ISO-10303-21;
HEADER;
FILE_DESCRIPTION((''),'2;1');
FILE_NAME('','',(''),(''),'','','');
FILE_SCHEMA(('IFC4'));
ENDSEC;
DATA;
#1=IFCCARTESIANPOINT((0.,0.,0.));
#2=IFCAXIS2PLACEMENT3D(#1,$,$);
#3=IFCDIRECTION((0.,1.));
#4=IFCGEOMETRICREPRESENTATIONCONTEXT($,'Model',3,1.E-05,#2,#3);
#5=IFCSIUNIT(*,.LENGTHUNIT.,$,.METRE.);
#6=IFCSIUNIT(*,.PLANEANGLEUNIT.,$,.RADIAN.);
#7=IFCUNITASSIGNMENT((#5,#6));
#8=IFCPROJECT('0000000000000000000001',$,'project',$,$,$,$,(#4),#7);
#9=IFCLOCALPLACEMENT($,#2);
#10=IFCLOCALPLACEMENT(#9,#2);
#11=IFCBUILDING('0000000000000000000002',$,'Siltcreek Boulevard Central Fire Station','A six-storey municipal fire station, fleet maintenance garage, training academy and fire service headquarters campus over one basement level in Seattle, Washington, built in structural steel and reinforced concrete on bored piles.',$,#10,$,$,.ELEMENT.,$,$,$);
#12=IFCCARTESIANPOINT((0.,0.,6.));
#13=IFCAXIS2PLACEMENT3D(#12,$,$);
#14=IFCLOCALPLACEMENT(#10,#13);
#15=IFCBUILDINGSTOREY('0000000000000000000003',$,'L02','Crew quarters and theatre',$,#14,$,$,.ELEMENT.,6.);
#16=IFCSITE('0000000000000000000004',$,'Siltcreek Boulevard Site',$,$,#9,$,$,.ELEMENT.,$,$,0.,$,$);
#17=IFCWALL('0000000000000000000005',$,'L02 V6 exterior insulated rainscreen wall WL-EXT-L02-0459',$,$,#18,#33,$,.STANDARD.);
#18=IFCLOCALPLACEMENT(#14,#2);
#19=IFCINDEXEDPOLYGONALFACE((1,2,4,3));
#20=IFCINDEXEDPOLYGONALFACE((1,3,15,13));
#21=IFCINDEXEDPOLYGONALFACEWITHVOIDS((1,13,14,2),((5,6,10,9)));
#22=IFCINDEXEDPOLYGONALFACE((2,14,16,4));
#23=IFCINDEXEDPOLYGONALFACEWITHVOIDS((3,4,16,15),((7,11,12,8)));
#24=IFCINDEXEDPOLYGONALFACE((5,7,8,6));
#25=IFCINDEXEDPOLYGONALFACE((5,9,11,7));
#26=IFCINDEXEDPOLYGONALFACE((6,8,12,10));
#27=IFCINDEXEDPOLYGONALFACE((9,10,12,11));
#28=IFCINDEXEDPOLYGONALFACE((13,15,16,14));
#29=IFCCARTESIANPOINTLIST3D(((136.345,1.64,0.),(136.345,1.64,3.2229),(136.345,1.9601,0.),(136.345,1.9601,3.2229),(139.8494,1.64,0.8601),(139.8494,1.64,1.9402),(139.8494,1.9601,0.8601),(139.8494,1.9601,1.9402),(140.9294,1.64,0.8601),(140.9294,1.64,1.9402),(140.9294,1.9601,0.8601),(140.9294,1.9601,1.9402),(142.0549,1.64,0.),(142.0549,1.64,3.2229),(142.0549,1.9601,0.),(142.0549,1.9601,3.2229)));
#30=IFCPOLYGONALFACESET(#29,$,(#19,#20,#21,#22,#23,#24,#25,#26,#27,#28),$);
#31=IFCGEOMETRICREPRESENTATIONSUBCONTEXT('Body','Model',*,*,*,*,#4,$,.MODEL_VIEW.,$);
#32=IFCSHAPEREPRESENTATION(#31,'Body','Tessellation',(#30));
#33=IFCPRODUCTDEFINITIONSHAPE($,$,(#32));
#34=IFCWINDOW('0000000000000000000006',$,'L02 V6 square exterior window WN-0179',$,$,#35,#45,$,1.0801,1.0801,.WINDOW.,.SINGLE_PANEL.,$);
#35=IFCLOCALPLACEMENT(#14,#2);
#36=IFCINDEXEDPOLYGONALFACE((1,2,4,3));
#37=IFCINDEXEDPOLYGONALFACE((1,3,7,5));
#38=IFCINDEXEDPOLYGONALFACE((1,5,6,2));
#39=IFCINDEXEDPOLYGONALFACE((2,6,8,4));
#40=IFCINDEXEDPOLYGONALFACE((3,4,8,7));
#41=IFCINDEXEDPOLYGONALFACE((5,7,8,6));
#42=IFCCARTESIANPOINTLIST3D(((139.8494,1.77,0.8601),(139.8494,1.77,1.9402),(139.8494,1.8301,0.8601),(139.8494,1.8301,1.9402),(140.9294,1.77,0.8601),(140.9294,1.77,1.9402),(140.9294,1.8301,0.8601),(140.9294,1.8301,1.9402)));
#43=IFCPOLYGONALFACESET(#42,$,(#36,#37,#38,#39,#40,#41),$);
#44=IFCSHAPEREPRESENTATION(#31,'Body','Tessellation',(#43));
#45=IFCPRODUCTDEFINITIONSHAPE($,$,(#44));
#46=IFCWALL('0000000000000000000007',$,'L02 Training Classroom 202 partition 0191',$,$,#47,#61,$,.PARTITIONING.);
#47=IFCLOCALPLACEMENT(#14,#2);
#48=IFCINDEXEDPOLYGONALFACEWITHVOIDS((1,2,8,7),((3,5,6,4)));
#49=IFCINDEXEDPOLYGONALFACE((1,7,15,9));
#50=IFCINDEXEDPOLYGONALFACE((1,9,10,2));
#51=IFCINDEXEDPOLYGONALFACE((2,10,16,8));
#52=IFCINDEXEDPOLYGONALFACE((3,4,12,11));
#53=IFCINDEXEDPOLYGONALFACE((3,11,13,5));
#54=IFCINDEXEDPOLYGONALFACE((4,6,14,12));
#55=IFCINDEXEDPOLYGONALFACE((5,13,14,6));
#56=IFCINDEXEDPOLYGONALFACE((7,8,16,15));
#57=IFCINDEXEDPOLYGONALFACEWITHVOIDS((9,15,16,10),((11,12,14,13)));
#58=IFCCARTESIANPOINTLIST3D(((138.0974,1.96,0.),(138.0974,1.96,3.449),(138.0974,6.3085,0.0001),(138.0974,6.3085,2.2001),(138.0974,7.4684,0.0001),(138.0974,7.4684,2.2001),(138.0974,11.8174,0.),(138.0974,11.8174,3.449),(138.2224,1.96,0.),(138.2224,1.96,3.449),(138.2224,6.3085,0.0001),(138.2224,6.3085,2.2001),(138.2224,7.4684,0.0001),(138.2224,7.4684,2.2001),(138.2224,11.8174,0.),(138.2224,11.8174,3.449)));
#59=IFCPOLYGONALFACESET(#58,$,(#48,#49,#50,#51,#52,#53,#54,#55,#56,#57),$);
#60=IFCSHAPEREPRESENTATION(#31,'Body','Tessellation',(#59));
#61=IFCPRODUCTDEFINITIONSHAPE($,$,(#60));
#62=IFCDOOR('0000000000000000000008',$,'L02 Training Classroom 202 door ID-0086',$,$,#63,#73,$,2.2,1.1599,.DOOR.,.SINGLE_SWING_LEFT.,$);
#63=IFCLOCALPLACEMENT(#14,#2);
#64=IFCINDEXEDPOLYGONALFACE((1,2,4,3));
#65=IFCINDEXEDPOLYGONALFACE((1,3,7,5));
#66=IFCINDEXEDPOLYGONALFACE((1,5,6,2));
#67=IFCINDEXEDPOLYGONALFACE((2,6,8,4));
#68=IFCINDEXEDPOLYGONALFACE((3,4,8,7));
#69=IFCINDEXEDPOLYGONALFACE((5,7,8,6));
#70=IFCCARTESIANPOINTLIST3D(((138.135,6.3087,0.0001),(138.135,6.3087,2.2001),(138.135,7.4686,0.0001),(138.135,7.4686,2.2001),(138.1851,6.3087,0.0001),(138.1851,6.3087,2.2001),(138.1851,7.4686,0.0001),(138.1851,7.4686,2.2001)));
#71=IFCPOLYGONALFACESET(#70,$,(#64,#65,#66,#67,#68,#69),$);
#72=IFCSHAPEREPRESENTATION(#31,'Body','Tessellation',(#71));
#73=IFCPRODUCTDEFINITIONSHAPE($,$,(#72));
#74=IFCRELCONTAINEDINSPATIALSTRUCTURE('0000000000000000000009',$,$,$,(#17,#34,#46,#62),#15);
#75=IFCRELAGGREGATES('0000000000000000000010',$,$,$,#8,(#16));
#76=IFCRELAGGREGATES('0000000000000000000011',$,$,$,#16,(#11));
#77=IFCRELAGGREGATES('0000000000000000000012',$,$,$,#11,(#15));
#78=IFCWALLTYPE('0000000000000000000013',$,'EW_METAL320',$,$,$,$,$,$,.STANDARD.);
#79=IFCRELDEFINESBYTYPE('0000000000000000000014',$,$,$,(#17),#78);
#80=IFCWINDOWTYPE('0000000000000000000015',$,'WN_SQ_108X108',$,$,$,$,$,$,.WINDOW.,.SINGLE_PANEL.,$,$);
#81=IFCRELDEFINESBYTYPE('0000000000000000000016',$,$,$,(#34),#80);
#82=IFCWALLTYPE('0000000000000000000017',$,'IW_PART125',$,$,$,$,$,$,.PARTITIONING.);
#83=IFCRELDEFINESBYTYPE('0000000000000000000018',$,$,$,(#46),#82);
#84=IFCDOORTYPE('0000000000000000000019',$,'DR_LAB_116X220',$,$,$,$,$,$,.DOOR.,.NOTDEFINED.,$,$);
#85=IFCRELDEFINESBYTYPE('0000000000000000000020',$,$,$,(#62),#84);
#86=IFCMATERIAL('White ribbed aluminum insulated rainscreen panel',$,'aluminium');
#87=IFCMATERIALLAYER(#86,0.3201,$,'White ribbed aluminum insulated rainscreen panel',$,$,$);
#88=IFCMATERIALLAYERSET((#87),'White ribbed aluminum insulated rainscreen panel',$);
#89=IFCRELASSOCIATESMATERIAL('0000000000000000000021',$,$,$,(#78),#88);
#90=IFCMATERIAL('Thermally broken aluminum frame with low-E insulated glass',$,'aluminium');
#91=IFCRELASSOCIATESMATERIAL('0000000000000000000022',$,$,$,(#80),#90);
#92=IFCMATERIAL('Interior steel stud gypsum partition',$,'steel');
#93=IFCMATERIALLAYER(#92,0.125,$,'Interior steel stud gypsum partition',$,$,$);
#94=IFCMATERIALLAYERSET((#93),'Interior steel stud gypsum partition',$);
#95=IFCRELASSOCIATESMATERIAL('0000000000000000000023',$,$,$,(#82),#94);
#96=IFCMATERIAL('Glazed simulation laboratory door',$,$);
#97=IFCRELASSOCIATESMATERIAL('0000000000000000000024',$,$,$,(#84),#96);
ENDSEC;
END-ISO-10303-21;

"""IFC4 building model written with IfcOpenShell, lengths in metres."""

from ifc_helpers import new_model, si_unit, direction, frame, frame_2d, origin, place, context, subcontext, project, spatial, rectangle, extrude, material, layer, layer_set, type_object, element, fill, save


model = new_model("IFC4")

# Units and contexts
model_context = context("Model", 3, precision=1e-05, world=origin(), true_north=direction((0.0, 1.0)))
body_context = subcontext(model_context, "Body", "Model", "MODEL_VIEW")
ifc_project = project(units=[si_unit("LENGTHUNIT", "METRE"), si_unit("PLANEANGLEUNIT", "RADIAN")], contexts=[model_context])

# Site, building, storey
site_placement = place(None, origin())
site = spatial("IfcSite", under=ifc_project, at=site_placement, Name="Siltcreek Boulevard Site", CompositionType="ELEMENT", RefElevation=0.0)
building_placement = place(site_placement, origin())
building = spatial("IfcBuilding", under=site, at=building_placement, Name="Siltcreek Boulevard Central Fire Station", Description="A six-storey municipal fire station, fleet maintenance garage, training academy and fire service headquarters campus over one basement level in Seattle, Washington, built in structural steel and reinforced concrete on bored piles.", CompositionType="ELEMENT")
storey_placement = place(building_placement, frame((0.0, 0.0, 6.0)))
storey = spatial("IfcBuildingStorey", under=building, at=storey_placement, Name="L02", Description="Crew quarters and theatre", CompositionType="ELEMENT", Elevation=6.0)

# Wall, opening, window
ifc_material_1 = material(Name="White ribbed aluminum insulated rainscreen panel", Category="aluminium")
ifc_layer_1 = layer(ifc_material_1, 0.3201, Name="White ribbed aluminum insulated rainscreen panel")
ifc_layer_set_1 = layer_set([ifc_layer_1], Name="White ribbed aluminum insulated rainscreen panel")
wall_type_1 = type_object("IfcWallType", Name="EW_METAL320", PredefinedType="STANDARD", material=ifc_layer_set_1)
wall_1_placement = place(storey_placement, frame((136.345, 1.8, 0.0), z_axis=(0.0, 0.0, 1.0), x_axis=(1.0, 0.0, 0.0)))
wall_1 = element("IfcWall", 1, at=wall_1_placement, inside=storey, type_object=wall_type_1, Name="L02 V6 exterior insulated rainscreen wall WL-EXT-L02-0459", PredefinedType="STANDARD", context=body_context, shape_type="SweptSolid", body=[
    extrude(rectangle(XDim=5.71, YDim=0.3201, at=frame_2d((2.855, 0.0))), origin(), (0.0, 0.0, 1.0), 3.2229),
])
opening_1_placement = place(wall_1_placement, frame((3.5044, 0.0, 0.8601)))
opening_1 = element("IfcOpeningElement", 2, at=opening_1_placement, cuts=wall_1, PredefinedType="OPENING", context=body_context, shape_type="SweptSolid", body=[
    extrude(rectangle(XDim=1.0801, YDim=1.0801, at=frame_2d((0.54, 0.54))), frame((0.0, 0.1699, 0.0), z_axis=(0.0, -1.0, 0.0), x_axis=(1.0, 0.0, 0.0)), (0.0, 0.0, 1.0), 0.3401),
])
ifc_material_2 = material(Name="Thermally broken aluminum frame with low-E insulated glass", Category="aluminium")
window_type = type_object("IfcWindowType", Name="WN_SQ_108X108", PartitioningType="SINGLE_PANEL", PredefinedType="WINDOW", material=ifc_material_2)
window_placement = place(opening_1_placement, origin())
window = element("IfcWindow", 3, at=window_placement, inside=storey, type_object=window_type, Name="L02 V6 square exterior window WN-0179", OverallHeight=1.0801, OverallWidth=1.0801, PartitioningType="SINGLE_PANEL", PredefinedType="WINDOW", context=body_context, shape_type="SweptSolid", body=[
    extrude(rectangle(XDim=1.0801, YDim=1.0801, at=frame_2d((0.54, 0.54))), frame((0.0, 0.03, 0.0), z_axis=(0.0, -1.0, 0.0), x_axis=(1.0, 0.0, 0.0)), (0.0, 0.0, 1.0), 0.0601),
])
fill(opening_1, window)

# Wall, opening, door
ifc_material_3 = material(Name="Interior steel stud gypsum partition", Category="steel")
ifc_layer_2 = layer(ifc_material_3, 0.125, Name="Interior steel stud gypsum partition")
ifc_layer_set_2 = layer_set([ifc_layer_2], Name="Interior steel stud gypsum partition")
wall_type_2 = type_object("IfcWallType", Name="IW_PART125", PredefinedType="PARTITIONING", material=ifc_layer_set_2)
wall_2_placement = place(storey_placement, frame((138.1599, 11.8174, 0.0), z_axis=(0.0, 0.0, 1.0), x_axis=(0.0, -1.0, 0.0)))
wall_2 = element("IfcWall", 4, at=wall_2_placement, inside=storey, type_object=wall_type_2, Name="L02 Training Classroom 202 partition 0191", PredefinedType="PARTITIONING", context=body_context, shape_type="SweptSolid", body=[
    extrude(rectangle(XDim=9.8574, YDim=0.125, at=frame_2d((4.9287, 0.0))), origin(), (0.0, 0.0, 1.0), 3.449),
])
opening_2_placement = place(wall_2_placement, frame((4.3489, 0.0, 0.0)))
opening_2 = element("IfcOpeningElement", 5, at=opening_2_placement, cuts=wall_2, PredefinedType="OPENING", context=body_context, shape_type="SweptSolid", body=[
    extrude(rectangle(XDim=1.1599, YDim=2.2, at=frame_2d((0.5801, 1.1001))), frame((0.0, 0.0725, 0.0), z_axis=(0.0, -1.0, 0.0), x_axis=(1.0, 0.0, 0.0)), (0.0, 0.0, 1.0), 0.145),
])
ifc_material_4 = material(Name="Glazed simulation laboratory door")
door_type = type_object("IfcDoorType", Name="DR_LAB_116X220", OperationType="NOTDEFINED", PredefinedType="DOOR", material=ifc_material_4)
door_placement = place(opening_2_placement, frame((1.1599, 0.0, 0.0), z_axis=(0.0, 0.0, 1.0), x_axis=(-1.0, 0.0, 0.0)))
door = element("IfcDoor", 6, at=door_placement, inside=storey, type_object=door_type, Name="L02 Training Classroom 202 door ID-0086", OperationType="SINGLE_SWING_LEFT", OverallHeight=2.2, OverallWidth=1.1599, PredefinedType="DOOR", context=body_context, shape_type="SweptSolid", body=[
    extrude(rectangle(XDim=1.1599, YDim=2.2, at=frame_2d((0.5801, 1.1001))), frame((0.0, 0.0249, 0.0), z_axis=(0.0, -1.0, 0.0), x_axis=(1.0, 0.0, 0.0)), (0.0, 0.0, 1.0), 0.05),
])
fill(opening_2, door)

save(model, "model.ifc")
